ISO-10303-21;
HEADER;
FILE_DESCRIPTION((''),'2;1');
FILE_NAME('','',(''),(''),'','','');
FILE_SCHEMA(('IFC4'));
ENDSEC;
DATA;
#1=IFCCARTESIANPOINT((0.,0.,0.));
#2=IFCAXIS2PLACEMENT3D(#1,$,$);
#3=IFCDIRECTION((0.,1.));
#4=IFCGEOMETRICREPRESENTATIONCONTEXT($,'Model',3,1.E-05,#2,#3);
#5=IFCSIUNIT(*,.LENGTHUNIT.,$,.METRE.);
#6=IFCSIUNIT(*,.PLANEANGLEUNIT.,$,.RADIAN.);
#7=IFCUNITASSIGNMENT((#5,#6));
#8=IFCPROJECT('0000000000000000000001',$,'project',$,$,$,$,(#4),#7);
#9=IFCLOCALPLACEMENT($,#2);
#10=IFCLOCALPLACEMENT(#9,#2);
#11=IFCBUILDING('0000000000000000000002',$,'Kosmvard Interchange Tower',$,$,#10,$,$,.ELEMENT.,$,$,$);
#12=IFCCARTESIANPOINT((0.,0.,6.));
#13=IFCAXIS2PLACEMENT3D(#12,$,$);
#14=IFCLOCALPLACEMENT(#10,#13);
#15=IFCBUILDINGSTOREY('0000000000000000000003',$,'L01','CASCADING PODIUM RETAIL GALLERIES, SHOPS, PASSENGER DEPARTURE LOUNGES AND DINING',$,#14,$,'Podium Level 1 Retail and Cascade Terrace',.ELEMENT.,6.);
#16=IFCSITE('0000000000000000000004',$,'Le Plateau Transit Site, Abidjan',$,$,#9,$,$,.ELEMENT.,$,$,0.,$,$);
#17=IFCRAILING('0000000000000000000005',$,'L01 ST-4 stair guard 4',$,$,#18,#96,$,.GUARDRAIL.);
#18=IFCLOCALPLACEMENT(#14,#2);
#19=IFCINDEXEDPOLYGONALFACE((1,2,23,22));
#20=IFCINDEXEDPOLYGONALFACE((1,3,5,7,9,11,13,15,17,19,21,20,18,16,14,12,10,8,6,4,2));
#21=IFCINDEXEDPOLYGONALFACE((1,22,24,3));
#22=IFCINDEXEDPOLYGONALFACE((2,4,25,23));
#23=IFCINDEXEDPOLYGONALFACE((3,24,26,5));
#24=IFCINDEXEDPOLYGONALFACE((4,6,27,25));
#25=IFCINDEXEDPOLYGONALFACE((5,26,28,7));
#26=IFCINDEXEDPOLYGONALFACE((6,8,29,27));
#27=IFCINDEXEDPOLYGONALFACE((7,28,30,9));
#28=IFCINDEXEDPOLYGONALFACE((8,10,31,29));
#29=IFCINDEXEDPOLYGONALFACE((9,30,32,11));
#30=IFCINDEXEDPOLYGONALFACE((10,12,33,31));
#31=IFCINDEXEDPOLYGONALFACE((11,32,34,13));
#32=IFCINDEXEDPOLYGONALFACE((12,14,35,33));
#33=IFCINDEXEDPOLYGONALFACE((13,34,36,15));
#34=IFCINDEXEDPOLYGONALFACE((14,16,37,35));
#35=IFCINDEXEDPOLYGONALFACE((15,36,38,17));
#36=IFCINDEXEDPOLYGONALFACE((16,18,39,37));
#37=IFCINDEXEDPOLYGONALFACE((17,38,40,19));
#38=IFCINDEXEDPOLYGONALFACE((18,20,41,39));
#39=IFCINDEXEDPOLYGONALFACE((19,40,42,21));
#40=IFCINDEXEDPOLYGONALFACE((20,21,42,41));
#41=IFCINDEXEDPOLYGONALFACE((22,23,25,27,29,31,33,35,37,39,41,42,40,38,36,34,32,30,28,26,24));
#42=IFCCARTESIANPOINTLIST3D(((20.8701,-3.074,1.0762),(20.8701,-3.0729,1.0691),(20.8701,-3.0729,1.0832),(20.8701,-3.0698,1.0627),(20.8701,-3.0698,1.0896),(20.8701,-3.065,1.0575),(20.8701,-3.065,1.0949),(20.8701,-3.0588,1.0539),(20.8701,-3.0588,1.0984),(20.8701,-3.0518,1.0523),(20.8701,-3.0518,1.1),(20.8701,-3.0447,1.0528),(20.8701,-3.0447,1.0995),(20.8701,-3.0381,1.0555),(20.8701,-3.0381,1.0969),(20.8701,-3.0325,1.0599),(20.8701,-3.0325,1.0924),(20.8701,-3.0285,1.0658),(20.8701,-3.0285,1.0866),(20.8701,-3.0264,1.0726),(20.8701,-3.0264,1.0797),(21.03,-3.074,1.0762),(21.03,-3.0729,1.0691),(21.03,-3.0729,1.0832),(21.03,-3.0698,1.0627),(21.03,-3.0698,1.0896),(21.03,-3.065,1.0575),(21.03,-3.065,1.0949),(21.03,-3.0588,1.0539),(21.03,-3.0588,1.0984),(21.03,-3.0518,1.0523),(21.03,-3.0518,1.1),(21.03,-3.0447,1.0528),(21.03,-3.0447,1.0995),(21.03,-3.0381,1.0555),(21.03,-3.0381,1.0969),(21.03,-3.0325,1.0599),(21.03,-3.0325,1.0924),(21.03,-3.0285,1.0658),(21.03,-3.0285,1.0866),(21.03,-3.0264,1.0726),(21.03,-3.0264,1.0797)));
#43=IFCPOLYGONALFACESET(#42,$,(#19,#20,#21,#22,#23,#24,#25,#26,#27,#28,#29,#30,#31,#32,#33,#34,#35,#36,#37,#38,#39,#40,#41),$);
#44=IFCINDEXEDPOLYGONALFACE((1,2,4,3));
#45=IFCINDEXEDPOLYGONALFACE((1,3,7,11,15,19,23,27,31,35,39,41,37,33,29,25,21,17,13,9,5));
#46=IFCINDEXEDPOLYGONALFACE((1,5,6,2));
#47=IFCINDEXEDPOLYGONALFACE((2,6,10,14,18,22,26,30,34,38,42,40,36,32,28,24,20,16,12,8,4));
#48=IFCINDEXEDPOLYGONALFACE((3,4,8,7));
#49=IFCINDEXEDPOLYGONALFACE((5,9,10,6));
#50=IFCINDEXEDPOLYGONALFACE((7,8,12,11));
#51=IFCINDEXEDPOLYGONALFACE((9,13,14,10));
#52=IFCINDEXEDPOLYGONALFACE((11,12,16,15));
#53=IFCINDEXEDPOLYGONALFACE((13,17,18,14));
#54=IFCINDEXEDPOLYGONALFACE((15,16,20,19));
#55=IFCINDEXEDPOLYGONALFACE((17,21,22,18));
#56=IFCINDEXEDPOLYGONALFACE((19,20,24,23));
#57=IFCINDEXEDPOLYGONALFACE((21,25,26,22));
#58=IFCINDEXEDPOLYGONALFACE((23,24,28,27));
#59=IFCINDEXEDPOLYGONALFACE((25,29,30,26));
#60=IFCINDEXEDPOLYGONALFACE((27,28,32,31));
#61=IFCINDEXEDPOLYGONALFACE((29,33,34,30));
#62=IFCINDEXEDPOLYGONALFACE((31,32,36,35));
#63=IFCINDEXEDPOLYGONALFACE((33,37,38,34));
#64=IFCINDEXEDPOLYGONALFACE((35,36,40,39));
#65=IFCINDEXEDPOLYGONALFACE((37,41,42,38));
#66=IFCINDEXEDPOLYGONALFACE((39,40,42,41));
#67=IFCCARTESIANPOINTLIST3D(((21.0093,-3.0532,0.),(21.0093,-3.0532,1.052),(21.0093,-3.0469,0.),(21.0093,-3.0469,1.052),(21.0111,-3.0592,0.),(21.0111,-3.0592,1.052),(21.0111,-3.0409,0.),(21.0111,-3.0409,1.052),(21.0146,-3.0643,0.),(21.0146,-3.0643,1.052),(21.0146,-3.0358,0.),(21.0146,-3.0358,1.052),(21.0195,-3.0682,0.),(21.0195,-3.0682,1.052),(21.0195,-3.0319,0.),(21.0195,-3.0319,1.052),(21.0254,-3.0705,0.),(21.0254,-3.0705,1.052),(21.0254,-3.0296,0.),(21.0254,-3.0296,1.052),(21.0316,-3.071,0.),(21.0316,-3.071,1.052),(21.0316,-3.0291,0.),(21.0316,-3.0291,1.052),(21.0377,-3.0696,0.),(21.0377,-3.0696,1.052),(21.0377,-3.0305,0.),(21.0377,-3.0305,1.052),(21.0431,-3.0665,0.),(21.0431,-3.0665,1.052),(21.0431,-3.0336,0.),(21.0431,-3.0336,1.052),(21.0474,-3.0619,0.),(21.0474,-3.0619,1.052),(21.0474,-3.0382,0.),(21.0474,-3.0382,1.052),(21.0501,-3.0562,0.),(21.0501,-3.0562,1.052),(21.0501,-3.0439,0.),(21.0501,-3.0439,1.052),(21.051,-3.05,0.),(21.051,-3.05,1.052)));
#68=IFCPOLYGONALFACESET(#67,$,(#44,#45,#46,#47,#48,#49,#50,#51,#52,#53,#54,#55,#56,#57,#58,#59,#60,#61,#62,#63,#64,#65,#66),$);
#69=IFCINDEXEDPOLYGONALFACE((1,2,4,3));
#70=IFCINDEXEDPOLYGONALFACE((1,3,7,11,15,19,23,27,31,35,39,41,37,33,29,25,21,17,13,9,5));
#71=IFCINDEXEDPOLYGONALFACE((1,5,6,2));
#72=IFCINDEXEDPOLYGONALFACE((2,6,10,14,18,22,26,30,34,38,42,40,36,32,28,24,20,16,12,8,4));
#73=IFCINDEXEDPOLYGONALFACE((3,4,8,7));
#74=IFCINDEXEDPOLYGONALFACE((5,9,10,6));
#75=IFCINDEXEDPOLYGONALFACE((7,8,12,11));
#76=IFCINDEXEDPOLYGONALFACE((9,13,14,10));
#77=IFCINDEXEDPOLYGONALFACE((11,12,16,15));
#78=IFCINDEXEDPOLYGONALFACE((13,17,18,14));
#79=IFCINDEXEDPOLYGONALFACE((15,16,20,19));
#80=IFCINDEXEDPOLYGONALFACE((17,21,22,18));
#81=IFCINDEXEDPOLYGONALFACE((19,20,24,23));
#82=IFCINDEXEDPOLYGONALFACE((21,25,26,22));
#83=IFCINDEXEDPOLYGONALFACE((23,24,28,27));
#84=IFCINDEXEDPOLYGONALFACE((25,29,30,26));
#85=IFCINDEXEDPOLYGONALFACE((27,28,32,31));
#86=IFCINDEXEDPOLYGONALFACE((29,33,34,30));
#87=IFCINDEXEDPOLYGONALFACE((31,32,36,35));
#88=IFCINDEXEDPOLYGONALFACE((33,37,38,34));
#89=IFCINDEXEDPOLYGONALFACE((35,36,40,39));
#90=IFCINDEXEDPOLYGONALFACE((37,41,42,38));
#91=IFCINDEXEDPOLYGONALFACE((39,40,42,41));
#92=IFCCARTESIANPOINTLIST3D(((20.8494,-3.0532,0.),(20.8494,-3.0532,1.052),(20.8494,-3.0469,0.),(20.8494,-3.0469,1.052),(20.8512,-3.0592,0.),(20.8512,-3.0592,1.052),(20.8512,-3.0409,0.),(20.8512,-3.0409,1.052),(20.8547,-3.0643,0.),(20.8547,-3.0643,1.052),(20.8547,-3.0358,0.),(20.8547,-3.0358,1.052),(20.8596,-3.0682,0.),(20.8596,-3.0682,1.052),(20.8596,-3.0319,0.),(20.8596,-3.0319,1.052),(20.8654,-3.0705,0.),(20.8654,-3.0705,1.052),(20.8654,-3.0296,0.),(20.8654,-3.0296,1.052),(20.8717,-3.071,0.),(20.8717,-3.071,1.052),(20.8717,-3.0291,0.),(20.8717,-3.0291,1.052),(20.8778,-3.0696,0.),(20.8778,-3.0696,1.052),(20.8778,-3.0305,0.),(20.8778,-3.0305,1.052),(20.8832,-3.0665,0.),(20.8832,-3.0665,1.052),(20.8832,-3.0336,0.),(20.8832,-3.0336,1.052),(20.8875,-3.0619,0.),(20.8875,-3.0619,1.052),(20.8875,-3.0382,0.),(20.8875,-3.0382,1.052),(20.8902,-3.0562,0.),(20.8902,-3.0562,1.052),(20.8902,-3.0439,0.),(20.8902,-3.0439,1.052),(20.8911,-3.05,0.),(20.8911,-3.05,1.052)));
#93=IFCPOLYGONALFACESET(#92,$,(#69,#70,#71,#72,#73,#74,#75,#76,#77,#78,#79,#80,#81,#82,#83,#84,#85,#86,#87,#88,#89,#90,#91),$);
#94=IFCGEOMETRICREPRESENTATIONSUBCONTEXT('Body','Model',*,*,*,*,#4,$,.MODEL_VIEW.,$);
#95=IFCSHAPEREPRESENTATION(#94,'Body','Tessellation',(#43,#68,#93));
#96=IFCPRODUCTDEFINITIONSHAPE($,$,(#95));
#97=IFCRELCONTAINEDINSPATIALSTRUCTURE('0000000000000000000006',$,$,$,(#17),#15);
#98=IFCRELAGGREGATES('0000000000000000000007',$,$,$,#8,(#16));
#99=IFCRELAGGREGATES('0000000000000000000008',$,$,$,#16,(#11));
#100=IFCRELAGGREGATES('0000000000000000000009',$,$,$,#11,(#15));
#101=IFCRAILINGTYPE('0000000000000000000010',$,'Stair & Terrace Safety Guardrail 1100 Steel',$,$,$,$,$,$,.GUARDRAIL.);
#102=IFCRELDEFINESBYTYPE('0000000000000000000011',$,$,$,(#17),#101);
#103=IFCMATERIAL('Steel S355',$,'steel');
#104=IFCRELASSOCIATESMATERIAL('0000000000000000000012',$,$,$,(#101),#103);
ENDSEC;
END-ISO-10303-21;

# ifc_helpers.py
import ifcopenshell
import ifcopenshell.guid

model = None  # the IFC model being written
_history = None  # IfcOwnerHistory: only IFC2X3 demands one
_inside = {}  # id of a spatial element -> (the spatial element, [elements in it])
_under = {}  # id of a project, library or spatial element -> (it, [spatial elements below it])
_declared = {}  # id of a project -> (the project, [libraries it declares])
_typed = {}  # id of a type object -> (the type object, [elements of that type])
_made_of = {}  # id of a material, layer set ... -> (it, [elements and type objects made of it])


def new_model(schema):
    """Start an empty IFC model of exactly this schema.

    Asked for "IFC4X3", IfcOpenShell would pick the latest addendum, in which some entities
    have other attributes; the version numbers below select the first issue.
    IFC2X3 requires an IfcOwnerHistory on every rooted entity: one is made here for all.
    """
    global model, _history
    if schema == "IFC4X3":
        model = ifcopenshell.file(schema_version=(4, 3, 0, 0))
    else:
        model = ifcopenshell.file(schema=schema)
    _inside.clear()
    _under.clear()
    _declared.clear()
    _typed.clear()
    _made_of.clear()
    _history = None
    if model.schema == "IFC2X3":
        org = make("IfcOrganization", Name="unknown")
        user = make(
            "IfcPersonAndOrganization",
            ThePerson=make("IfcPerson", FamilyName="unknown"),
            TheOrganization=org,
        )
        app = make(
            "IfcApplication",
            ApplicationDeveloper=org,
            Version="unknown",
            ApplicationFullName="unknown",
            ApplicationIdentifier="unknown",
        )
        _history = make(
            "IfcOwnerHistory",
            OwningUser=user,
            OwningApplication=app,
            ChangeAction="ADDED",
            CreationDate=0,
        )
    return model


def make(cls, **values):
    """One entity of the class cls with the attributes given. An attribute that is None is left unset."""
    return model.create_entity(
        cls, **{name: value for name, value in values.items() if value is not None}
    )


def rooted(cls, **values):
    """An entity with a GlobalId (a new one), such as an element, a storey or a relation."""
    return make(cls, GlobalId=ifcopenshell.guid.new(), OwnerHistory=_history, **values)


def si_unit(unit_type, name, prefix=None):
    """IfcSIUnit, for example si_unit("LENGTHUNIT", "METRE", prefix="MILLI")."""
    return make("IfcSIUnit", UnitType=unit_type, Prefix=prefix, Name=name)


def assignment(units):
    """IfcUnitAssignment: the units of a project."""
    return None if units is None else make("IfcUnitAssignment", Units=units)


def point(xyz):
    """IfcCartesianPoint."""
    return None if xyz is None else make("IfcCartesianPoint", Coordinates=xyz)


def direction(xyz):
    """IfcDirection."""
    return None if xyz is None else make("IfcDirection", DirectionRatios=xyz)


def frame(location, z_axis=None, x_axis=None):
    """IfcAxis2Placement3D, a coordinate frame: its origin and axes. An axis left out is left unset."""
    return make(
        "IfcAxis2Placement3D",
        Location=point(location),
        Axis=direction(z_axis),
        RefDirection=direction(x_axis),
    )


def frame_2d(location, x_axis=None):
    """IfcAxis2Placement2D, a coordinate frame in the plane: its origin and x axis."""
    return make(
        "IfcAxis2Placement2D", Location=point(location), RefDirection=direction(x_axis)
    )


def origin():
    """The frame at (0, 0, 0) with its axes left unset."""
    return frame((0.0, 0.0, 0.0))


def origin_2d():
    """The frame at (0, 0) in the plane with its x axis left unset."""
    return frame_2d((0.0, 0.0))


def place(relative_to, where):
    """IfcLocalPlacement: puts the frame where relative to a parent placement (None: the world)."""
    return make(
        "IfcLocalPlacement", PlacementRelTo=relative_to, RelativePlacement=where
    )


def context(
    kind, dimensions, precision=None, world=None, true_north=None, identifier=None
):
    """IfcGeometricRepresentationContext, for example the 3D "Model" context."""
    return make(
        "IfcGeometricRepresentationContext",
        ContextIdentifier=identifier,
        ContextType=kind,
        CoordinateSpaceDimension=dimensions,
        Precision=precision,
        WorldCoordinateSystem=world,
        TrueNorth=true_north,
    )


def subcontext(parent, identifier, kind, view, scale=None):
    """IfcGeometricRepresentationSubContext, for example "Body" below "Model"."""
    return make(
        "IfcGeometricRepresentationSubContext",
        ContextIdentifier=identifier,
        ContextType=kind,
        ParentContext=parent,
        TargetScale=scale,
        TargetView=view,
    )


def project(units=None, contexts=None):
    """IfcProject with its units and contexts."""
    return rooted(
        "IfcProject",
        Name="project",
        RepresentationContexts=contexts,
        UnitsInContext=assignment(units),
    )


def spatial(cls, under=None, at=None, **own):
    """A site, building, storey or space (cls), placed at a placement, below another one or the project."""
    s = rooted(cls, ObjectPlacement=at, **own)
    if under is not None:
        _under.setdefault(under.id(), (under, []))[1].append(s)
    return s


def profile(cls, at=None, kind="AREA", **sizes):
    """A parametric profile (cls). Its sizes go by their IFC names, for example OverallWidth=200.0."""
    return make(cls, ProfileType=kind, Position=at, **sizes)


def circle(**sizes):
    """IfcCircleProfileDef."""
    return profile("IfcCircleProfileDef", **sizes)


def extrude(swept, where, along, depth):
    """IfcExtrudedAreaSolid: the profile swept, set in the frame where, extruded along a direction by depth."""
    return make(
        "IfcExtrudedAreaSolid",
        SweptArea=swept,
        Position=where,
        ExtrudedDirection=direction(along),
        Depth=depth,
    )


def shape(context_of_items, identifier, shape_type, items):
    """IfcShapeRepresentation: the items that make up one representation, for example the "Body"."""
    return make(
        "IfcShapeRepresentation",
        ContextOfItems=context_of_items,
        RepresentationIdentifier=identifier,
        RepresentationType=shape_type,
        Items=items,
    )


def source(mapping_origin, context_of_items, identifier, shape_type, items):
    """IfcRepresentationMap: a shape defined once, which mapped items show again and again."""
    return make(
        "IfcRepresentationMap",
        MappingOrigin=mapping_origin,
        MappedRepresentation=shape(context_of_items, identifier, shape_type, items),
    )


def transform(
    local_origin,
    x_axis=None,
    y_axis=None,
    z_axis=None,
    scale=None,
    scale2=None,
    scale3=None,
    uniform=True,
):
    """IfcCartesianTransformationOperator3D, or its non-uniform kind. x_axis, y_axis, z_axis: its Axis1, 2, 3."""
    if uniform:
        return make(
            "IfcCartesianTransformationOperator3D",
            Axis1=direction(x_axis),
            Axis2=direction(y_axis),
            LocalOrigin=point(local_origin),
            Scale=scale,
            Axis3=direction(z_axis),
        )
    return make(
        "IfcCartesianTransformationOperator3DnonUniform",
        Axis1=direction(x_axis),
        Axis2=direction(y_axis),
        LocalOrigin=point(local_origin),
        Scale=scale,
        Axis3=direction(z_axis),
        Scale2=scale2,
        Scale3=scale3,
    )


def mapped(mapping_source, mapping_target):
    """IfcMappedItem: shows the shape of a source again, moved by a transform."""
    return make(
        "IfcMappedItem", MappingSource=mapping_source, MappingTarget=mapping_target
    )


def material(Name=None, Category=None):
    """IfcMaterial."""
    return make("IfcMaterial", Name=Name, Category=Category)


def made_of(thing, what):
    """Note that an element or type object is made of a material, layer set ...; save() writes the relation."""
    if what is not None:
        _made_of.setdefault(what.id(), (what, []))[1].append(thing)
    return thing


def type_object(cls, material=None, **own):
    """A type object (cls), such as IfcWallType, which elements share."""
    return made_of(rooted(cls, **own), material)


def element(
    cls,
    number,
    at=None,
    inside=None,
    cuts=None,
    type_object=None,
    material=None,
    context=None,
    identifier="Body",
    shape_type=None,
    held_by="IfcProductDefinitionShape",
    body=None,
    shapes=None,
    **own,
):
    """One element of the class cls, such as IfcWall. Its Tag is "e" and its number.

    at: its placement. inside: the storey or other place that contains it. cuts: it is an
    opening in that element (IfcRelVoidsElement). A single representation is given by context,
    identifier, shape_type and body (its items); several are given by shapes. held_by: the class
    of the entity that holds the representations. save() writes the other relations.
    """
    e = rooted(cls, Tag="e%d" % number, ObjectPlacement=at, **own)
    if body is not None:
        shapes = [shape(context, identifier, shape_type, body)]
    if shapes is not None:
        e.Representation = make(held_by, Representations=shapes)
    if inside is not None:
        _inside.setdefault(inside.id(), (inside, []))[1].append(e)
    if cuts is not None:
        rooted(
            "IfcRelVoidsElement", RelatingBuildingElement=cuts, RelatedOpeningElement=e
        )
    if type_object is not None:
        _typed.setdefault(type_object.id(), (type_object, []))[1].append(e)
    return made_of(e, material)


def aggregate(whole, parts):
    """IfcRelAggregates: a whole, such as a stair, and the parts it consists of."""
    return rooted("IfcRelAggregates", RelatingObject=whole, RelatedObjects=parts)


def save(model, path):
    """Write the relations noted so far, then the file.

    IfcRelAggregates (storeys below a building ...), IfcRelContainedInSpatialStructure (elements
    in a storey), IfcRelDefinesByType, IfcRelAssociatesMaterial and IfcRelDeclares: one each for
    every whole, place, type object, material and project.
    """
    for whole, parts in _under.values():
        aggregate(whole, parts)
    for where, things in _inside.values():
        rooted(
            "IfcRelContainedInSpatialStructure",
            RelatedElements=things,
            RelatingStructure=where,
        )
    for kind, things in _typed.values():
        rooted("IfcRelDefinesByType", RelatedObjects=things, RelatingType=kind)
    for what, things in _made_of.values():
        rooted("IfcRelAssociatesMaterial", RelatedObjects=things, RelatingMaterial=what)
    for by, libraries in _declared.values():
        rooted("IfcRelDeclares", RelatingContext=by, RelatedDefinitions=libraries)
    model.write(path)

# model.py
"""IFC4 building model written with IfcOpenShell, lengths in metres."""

from ifc_helpers import new_model, si_unit, direction, frame, origin, origin_2d, place, context, subcontext, project, spatial, circle, extrude, source, transform, mapped, material, type_object, element, save


model = new_model("IFC4")

# Units and contexts
model_context = context("Model", 3, precision=1e-05, world=origin(), true_north=direction((0.0, 1.0)))
body_context = subcontext(model_context, "Body", "Model", "MODEL_VIEW")
ifc_project = project(units=[si_unit("LENGTHUNIT", "METRE"), si_unit("PLANEANGLEUNIT", "RADIAN")], contexts=[model_context])

# Site, building, storey
site_placement = place(None, origin())
site = spatial("IfcSite", under=ifc_project, at=site_placement, Name="Le Plateau Transit Site, Abidjan", CompositionType="ELEMENT", RefElevation=0.0)
building_placement = place(site_placement, origin())
building = spatial("IfcBuilding", under=site, at=building_placement, Name="Kosmvard Interchange Tower", CompositionType="ELEMENT")
storey_placement = place(building_placement, frame((0.0, 0.0, 6.0)))
storey = spatial("IfcBuildingStorey", under=building, at=storey_placement, Name="L01", Description="CASCADING PODIUM RETAIL GALLERIES, SHOPS, PASSENGER DEPARTURE LOUNGES AND DINING", LongName="Podium Level 1 Retail and Cascade Terrace", CompositionType="ELEMENT", Elevation=6.0)

# Shared definitions
ifc_material_1 = material(Name="Steel S355", Category="steel")

# Railing
railing_type_1 = type_object("IfcRailingType", Name="Stair & Terrace Safety Guardrail 1100 Steel", PredefinedType="GUARDRAIL", material=ifc_material_1)
shared_shape_1 = source(origin(), body_context, "Body", "SweptSolid", [
    extrude(circle(Radius=0.0239, at=origin_2d()), frame((0.0, 0.0, 1.0762), z_axis=(-1.0, 0.0, 0.0), x_axis=(0.0, -1.0, 0.0)), (0.0, 0.0, 1.0), 0.1599),
    extrude(circle(Radius=0.021, at=origin_2d()), origin(), (0.0, 0.0, 1.0), 1.052),
    extrude(circle(Radius=0.021, at=origin_2d()), frame((-0.1599, 0.0, 0.0)), (0.0, 0.0, 1.0), 1.052),
])
railing_1_placement = place(storey_placement, frame((21.03, -3.05, 0.0)))
element("IfcRailing", 1, at=railing_1_placement, inside=storey, type_object=railing_type_1, Name="L01 ST-4 stair guard 4", PredefinedType="GUARDRAIL", context=body_context, shape_type="MappedRepresentation", body=[
    mapped(shared_shape_1, transform((0.0, 0.0, 0.0), scale=1.0)),
])

save(model, "model.ifc")
